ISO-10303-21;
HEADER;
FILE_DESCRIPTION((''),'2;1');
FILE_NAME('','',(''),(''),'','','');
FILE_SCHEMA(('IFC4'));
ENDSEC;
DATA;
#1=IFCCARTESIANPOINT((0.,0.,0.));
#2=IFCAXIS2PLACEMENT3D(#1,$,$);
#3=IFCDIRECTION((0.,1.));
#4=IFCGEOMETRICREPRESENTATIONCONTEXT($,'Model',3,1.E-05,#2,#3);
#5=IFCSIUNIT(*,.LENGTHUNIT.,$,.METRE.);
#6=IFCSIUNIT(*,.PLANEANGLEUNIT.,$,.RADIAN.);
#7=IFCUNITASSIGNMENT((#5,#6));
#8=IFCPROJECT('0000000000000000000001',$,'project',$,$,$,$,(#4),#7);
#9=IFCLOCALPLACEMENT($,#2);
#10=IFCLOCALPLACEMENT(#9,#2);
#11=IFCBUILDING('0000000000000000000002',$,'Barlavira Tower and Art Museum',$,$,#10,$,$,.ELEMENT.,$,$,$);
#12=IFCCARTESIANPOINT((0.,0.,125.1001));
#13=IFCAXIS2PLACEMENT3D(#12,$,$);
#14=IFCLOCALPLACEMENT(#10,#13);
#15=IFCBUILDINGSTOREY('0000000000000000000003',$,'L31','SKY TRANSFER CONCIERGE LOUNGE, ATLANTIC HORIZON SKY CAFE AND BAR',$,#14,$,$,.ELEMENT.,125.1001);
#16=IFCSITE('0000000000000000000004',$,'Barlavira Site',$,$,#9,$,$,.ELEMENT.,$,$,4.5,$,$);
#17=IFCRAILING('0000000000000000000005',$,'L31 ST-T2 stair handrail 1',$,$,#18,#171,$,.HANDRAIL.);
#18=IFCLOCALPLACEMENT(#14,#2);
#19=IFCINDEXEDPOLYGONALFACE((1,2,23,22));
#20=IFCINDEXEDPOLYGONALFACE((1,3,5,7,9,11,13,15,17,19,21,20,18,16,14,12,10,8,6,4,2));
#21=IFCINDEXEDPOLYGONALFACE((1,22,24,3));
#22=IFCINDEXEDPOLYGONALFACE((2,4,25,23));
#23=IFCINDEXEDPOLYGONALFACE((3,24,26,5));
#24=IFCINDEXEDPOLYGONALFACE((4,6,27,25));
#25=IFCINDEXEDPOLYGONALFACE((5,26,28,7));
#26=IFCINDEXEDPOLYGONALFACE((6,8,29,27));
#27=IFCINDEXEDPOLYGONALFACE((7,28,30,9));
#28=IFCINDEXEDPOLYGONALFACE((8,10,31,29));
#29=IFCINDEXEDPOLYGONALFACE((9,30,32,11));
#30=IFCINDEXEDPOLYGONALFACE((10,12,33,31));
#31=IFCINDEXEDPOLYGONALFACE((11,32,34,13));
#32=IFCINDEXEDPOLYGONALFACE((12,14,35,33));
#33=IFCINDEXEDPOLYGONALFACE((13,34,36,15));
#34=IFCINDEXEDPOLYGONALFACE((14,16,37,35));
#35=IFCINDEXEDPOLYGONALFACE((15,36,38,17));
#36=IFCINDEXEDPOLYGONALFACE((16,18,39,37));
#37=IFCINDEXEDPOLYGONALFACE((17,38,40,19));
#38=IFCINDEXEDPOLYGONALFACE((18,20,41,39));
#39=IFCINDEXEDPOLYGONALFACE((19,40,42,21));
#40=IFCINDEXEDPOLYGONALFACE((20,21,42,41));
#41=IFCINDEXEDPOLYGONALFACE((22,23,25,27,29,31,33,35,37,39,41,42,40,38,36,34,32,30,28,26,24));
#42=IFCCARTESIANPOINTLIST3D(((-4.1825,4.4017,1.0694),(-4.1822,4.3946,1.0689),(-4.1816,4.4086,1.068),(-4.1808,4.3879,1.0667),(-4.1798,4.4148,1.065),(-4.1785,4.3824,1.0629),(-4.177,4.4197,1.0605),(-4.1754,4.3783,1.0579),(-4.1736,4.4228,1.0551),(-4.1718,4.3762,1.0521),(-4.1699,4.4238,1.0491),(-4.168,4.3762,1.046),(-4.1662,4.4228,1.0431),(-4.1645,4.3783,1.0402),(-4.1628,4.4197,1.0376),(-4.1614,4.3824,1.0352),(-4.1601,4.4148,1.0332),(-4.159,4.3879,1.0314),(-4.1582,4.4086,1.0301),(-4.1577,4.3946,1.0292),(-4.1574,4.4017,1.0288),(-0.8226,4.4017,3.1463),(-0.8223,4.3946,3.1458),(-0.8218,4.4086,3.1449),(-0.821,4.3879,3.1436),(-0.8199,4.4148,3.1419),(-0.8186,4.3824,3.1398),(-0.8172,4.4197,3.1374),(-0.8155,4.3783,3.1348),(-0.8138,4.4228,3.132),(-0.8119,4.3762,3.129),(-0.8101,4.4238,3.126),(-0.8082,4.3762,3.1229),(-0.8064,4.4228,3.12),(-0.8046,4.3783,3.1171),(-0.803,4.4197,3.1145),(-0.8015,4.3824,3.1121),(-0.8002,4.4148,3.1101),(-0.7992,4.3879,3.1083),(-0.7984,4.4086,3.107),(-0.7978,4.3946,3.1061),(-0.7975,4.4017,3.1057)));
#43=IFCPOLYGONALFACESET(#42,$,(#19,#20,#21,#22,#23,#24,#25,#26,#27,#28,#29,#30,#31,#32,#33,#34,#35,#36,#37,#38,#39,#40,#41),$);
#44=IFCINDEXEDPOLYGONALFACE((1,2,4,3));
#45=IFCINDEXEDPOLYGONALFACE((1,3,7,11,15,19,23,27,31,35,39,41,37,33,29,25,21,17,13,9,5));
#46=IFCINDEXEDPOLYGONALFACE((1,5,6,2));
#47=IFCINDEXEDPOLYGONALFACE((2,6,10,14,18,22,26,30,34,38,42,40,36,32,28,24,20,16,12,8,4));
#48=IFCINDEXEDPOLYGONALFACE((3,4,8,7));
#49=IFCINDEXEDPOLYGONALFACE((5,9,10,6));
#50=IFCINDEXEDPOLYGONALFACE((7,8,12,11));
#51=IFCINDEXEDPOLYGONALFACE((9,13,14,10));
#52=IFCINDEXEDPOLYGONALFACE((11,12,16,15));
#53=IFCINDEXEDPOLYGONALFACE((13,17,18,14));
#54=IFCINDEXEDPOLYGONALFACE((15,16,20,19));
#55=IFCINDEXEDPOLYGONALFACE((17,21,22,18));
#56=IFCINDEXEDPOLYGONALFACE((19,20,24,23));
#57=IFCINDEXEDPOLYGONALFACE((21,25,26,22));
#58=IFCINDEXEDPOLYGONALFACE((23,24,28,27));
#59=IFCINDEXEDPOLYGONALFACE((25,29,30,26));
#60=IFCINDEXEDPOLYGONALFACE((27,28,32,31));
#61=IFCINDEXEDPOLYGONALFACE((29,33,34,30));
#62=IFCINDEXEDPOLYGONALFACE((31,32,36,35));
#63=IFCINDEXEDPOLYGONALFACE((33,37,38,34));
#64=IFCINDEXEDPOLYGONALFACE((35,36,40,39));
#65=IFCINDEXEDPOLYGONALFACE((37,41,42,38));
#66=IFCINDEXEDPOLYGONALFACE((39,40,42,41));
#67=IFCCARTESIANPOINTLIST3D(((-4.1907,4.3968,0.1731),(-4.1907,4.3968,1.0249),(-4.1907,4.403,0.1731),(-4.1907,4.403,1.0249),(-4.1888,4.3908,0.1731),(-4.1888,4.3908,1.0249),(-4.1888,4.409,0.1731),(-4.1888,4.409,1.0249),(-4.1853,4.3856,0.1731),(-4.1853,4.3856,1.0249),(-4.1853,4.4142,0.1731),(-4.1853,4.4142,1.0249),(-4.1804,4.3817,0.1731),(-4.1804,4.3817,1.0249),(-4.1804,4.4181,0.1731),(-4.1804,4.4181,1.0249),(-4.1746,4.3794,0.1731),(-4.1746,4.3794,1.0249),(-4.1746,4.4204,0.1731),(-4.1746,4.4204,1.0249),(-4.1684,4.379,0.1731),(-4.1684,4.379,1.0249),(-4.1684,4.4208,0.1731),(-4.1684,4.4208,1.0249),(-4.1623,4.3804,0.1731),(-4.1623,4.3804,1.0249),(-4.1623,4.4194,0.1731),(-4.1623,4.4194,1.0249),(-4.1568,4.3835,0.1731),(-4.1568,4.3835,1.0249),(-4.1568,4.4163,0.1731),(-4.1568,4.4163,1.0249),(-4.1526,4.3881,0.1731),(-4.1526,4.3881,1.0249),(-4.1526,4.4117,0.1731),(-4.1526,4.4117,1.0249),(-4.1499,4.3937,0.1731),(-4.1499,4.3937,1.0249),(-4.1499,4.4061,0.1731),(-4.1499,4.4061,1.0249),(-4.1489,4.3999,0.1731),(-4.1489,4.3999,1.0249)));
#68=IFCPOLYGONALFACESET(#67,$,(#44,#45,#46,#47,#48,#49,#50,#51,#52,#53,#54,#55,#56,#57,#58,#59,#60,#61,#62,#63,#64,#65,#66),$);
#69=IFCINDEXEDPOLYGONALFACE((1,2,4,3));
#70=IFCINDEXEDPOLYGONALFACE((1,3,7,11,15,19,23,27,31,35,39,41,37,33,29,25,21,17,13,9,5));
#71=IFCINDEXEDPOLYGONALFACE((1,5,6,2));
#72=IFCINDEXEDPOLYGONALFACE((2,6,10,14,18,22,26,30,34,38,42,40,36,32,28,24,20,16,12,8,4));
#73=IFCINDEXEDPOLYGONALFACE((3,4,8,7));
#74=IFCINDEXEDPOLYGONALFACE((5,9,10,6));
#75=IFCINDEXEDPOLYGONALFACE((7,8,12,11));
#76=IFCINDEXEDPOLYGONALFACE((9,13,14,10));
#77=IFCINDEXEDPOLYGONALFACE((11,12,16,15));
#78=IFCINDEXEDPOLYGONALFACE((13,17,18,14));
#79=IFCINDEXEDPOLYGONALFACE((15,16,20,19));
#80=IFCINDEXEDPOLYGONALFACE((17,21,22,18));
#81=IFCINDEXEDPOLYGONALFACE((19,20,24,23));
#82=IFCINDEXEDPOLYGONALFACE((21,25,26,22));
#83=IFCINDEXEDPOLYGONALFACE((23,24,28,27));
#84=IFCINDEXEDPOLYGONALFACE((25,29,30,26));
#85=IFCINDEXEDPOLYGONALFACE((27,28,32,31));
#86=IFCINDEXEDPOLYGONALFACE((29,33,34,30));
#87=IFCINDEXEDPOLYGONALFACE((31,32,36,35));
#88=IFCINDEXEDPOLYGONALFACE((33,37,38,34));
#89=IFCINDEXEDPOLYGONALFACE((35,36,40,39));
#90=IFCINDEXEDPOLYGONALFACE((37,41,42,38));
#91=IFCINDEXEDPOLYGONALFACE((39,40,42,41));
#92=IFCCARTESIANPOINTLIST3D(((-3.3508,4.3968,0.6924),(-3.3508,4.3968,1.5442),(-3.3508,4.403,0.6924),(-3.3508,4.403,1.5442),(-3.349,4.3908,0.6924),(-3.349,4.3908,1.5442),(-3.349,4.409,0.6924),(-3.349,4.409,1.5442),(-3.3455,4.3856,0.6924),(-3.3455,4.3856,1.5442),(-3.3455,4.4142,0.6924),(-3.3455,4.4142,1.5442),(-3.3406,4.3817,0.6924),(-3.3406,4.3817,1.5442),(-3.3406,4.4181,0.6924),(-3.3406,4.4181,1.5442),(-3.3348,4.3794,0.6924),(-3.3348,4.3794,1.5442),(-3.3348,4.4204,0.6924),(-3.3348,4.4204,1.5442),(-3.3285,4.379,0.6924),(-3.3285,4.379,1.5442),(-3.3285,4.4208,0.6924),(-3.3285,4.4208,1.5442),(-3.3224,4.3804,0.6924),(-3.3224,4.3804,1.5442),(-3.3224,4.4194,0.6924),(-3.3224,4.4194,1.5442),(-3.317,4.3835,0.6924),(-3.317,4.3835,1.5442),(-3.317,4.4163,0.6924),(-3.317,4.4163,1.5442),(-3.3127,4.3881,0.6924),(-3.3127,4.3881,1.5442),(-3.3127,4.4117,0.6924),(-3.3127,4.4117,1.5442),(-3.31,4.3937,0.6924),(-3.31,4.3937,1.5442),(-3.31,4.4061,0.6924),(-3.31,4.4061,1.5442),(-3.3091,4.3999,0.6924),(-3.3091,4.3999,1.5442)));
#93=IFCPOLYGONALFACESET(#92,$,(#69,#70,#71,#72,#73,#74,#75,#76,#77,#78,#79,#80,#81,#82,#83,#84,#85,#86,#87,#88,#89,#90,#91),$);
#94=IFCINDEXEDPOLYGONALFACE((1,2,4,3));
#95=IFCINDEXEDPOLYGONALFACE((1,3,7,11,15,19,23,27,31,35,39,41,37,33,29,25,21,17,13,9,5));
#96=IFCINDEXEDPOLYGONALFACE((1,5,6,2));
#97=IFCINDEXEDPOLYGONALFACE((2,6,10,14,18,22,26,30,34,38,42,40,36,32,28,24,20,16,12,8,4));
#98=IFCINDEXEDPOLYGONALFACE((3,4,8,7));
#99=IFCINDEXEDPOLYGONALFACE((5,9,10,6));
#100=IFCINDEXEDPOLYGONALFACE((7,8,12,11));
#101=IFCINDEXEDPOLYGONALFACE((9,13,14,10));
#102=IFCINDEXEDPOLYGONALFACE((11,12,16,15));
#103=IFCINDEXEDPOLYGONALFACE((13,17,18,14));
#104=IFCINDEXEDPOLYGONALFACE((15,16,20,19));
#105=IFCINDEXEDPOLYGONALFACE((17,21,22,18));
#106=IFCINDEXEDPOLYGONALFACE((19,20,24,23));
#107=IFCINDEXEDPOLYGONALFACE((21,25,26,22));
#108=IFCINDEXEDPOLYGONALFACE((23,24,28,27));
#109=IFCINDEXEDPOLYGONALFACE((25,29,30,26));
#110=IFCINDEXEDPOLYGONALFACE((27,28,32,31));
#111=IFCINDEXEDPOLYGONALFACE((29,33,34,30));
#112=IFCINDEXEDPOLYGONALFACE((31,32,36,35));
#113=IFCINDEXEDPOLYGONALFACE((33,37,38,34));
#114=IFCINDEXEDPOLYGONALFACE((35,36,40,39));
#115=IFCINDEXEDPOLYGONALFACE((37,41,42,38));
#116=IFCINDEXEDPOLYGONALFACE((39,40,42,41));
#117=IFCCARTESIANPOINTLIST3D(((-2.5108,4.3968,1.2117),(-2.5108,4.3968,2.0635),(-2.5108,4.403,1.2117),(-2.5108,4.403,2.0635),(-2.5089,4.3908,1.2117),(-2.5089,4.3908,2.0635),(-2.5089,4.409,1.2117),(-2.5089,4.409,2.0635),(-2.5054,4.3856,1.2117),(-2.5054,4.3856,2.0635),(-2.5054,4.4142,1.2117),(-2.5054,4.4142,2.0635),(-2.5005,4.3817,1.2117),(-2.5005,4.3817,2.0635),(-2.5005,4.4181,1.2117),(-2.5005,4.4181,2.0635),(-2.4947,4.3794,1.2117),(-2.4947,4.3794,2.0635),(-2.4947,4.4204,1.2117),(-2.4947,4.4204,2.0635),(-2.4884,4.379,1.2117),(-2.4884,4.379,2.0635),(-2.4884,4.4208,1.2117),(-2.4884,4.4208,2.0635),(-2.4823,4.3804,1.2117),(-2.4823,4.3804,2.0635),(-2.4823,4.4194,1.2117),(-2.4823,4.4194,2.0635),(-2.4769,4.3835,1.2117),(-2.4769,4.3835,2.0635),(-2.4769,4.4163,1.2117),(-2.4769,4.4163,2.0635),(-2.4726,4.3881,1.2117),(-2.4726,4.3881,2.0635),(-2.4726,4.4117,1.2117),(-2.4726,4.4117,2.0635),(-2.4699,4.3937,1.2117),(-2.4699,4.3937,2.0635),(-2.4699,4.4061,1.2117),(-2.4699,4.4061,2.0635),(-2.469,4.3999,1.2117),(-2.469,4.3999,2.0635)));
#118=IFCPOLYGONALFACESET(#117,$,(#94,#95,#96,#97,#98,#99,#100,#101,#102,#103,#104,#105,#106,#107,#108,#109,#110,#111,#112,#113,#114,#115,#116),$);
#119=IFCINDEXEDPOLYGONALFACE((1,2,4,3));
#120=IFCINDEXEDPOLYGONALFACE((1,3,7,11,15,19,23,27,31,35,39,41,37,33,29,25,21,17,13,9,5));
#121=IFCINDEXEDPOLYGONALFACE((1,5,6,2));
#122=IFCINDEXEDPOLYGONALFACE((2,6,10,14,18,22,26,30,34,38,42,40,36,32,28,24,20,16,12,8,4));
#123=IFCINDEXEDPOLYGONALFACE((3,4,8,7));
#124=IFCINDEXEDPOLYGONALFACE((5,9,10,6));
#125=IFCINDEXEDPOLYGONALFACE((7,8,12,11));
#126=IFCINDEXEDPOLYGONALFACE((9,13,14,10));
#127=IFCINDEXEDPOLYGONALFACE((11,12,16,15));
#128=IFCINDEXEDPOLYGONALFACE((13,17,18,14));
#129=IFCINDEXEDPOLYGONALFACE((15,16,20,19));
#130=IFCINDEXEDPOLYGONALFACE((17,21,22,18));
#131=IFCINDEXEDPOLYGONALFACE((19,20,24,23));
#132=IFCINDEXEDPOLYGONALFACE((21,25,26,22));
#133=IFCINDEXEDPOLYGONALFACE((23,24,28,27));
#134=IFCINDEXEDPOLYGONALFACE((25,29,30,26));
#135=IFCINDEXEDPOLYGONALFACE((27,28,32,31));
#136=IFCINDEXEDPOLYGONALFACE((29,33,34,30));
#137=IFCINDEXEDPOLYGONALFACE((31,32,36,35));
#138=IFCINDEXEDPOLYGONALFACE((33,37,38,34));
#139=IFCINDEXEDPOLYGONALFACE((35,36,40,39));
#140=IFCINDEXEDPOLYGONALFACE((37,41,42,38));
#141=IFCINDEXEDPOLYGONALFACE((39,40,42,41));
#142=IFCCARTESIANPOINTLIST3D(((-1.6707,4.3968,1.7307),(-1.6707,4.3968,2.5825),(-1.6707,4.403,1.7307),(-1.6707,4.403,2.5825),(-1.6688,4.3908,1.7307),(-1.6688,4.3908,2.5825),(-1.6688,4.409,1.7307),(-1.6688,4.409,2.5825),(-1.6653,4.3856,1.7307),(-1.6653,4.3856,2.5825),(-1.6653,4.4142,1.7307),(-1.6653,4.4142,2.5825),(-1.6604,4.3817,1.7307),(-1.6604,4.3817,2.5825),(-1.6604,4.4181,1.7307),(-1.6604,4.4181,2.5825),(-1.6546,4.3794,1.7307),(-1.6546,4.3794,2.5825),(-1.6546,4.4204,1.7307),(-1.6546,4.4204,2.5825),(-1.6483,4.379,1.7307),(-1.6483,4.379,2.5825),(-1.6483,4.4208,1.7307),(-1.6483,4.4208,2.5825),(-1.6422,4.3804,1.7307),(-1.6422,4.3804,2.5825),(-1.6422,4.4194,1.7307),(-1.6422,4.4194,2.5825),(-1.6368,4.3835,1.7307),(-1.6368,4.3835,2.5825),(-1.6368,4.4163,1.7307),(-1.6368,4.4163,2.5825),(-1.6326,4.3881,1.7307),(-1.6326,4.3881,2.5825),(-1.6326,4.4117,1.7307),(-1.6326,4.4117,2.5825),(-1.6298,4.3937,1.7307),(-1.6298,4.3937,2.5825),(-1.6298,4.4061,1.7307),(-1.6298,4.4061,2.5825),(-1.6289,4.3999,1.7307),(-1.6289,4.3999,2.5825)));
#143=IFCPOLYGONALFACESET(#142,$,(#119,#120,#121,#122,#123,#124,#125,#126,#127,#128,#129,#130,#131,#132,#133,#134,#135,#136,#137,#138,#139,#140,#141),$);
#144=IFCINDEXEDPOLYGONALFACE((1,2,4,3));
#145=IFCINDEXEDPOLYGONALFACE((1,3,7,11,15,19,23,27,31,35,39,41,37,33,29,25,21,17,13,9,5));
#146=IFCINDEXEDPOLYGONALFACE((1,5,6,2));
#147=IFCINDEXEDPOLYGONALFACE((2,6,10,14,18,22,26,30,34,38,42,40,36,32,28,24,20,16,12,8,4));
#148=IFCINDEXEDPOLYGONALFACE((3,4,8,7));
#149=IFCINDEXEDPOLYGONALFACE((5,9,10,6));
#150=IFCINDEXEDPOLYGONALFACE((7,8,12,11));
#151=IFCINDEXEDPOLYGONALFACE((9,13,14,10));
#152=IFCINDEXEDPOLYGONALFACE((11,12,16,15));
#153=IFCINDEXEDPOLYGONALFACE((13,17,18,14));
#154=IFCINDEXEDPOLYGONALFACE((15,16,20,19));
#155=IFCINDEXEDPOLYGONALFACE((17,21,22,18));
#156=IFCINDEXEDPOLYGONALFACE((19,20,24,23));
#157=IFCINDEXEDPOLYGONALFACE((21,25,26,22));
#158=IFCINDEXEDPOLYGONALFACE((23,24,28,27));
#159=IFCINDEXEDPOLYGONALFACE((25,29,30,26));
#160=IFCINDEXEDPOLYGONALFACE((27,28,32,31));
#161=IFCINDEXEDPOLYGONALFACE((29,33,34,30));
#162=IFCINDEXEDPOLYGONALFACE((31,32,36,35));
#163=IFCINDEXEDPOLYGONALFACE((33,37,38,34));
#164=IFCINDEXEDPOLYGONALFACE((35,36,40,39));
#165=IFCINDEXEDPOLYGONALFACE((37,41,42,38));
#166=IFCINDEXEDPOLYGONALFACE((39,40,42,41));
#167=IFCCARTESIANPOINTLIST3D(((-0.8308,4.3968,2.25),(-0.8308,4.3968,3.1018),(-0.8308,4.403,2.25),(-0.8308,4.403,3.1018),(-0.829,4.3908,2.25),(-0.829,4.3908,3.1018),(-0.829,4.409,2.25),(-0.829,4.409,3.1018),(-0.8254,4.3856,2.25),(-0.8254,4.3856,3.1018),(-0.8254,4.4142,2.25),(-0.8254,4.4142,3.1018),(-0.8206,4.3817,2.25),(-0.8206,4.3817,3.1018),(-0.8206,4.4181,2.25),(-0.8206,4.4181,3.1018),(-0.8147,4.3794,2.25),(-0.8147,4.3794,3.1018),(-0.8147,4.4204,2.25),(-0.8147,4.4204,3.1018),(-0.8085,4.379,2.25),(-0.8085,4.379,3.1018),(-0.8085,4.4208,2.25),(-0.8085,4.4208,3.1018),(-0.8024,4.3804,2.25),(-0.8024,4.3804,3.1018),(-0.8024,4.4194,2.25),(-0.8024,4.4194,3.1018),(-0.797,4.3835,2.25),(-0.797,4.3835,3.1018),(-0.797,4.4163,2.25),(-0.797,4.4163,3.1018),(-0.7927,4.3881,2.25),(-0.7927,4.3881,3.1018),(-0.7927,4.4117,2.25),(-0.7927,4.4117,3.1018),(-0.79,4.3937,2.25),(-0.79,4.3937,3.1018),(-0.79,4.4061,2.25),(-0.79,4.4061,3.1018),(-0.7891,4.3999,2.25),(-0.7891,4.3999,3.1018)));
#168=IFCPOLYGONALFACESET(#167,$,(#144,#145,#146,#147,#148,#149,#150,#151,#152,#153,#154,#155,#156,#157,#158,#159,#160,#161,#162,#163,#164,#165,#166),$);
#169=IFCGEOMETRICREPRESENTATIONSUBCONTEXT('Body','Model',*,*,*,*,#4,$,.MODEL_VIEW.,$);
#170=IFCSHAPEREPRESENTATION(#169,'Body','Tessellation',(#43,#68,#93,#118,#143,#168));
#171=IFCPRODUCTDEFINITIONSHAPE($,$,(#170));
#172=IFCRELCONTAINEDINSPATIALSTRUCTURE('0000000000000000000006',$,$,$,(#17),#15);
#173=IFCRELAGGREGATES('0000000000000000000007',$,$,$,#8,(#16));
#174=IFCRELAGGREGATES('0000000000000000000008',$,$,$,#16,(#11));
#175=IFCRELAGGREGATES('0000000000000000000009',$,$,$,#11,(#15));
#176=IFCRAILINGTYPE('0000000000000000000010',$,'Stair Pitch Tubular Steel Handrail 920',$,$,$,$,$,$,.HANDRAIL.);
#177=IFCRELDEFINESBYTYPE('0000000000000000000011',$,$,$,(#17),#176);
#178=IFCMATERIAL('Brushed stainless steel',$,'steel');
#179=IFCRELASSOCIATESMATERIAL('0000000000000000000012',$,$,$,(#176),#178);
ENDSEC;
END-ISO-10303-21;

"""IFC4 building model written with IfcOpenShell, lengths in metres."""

from ifc_helpers import new_model, si_unit, direction, frame, origin, origin_2d, place, context, subcontext, project, spatial, circle, extrude, material, type_object, element, save


model = new_model("IFC4")

# Units and contexts
model_context = context("Model", 3, precision=1e-05, world=origin(), true_north=direction((0.0, 1.0)))
body_context = subcontext(model_context, "Body", "Model", "MODEL_VIEW")
ifc_project = project(units=[si_unit("LENGTHUNIT", "METRE"), si_unit("PLANEANGLEUNIT", "RADIAN")], contexts=[model_context])

# Site, building, storey
site_placement = place(None, origin())
site = spatial("IfcSite", under=ifc_project, at=site_placement, Name="Barlavira Site", CompositionType="ELEMENT", RefElevation=4.5)
building_placement = place(site_placement, origin())
building = spatial("IfcBuilding", under=site, at=building_placement, Name="Barlavira Tower and Art Museum", CompositionType="ELEMENT")
storey_placement = place(building_placement, frame((0.0, 0.0, 125.1001)))
storey = spatial("IfcBuildingStorey", under=building, at=storey_placement, Name="L31", Description="SKY TRANSFER CONCIERGE LOUNGE, ATLANTIC HORIZON SKY CAFE AND BAR", CompositionType="ELEMENT", Elevation=125.1001)

# Shared definitions
ifc_material_1 = material(Name="Brushed stainless steel", Category="steel")

# Railing
railing_type_1 = type_object("IfcRailingType", Name="Stair Pitch Tubular Steel Handrail 920", PredefinedType="HANDRAIL", material=ifc_material_1)
railing_1_placement = place(storey_placement, frame((-4.1699, 4.3999, 0.1731)))
element("IfcRailing", 1, at=railing_1_placement, inside=storey, type_object=railing_type_1, Name="L31 ST-T2 stair handrail 1", PredefinedType="HANDRAIL", context=body_context, shape_type="SweptSolid", body=[
    extrude(circle(Radius=0.0239, at=origin_2d()), frame((0.0, 0.0, 0.876), z_axis=(0.850606, 0.0, 0.525803), x_axis=(0.0, 1.0, 0.0)), (0.0, 0.0, 1.0), 3.95),
    extrude(circle(Radius=0.021, at=origin_2d()), origin(), (0.0, 0.0, 1.0), 0.8518),
    extrude(circle(Radius=0.021, at=origin_2d()), frame((0.8398, 0.0, 0.5193)), (0.0, 0.0, 1.0), 0.8518),
    extrude(circle(Radius=0.021, at=origin_2d()), frame((1.6799, 0.0, 1.0386)), (0.0, 0.0, 1.0), 0.8518),
    extrude(circle(Radius=0.021, at=origin_2d()), frame((2.52, 0.0, 1.5576)), (0.0, 0.0, 1.0), 0.8518),
    extrude(circle(Radius=0.021, at=origin_2d()), frame((3.3599, 0.0, 2.0769)), (0.0, 0.0, 1.0), 0.8518),
])

save(model, "model.ifc")
